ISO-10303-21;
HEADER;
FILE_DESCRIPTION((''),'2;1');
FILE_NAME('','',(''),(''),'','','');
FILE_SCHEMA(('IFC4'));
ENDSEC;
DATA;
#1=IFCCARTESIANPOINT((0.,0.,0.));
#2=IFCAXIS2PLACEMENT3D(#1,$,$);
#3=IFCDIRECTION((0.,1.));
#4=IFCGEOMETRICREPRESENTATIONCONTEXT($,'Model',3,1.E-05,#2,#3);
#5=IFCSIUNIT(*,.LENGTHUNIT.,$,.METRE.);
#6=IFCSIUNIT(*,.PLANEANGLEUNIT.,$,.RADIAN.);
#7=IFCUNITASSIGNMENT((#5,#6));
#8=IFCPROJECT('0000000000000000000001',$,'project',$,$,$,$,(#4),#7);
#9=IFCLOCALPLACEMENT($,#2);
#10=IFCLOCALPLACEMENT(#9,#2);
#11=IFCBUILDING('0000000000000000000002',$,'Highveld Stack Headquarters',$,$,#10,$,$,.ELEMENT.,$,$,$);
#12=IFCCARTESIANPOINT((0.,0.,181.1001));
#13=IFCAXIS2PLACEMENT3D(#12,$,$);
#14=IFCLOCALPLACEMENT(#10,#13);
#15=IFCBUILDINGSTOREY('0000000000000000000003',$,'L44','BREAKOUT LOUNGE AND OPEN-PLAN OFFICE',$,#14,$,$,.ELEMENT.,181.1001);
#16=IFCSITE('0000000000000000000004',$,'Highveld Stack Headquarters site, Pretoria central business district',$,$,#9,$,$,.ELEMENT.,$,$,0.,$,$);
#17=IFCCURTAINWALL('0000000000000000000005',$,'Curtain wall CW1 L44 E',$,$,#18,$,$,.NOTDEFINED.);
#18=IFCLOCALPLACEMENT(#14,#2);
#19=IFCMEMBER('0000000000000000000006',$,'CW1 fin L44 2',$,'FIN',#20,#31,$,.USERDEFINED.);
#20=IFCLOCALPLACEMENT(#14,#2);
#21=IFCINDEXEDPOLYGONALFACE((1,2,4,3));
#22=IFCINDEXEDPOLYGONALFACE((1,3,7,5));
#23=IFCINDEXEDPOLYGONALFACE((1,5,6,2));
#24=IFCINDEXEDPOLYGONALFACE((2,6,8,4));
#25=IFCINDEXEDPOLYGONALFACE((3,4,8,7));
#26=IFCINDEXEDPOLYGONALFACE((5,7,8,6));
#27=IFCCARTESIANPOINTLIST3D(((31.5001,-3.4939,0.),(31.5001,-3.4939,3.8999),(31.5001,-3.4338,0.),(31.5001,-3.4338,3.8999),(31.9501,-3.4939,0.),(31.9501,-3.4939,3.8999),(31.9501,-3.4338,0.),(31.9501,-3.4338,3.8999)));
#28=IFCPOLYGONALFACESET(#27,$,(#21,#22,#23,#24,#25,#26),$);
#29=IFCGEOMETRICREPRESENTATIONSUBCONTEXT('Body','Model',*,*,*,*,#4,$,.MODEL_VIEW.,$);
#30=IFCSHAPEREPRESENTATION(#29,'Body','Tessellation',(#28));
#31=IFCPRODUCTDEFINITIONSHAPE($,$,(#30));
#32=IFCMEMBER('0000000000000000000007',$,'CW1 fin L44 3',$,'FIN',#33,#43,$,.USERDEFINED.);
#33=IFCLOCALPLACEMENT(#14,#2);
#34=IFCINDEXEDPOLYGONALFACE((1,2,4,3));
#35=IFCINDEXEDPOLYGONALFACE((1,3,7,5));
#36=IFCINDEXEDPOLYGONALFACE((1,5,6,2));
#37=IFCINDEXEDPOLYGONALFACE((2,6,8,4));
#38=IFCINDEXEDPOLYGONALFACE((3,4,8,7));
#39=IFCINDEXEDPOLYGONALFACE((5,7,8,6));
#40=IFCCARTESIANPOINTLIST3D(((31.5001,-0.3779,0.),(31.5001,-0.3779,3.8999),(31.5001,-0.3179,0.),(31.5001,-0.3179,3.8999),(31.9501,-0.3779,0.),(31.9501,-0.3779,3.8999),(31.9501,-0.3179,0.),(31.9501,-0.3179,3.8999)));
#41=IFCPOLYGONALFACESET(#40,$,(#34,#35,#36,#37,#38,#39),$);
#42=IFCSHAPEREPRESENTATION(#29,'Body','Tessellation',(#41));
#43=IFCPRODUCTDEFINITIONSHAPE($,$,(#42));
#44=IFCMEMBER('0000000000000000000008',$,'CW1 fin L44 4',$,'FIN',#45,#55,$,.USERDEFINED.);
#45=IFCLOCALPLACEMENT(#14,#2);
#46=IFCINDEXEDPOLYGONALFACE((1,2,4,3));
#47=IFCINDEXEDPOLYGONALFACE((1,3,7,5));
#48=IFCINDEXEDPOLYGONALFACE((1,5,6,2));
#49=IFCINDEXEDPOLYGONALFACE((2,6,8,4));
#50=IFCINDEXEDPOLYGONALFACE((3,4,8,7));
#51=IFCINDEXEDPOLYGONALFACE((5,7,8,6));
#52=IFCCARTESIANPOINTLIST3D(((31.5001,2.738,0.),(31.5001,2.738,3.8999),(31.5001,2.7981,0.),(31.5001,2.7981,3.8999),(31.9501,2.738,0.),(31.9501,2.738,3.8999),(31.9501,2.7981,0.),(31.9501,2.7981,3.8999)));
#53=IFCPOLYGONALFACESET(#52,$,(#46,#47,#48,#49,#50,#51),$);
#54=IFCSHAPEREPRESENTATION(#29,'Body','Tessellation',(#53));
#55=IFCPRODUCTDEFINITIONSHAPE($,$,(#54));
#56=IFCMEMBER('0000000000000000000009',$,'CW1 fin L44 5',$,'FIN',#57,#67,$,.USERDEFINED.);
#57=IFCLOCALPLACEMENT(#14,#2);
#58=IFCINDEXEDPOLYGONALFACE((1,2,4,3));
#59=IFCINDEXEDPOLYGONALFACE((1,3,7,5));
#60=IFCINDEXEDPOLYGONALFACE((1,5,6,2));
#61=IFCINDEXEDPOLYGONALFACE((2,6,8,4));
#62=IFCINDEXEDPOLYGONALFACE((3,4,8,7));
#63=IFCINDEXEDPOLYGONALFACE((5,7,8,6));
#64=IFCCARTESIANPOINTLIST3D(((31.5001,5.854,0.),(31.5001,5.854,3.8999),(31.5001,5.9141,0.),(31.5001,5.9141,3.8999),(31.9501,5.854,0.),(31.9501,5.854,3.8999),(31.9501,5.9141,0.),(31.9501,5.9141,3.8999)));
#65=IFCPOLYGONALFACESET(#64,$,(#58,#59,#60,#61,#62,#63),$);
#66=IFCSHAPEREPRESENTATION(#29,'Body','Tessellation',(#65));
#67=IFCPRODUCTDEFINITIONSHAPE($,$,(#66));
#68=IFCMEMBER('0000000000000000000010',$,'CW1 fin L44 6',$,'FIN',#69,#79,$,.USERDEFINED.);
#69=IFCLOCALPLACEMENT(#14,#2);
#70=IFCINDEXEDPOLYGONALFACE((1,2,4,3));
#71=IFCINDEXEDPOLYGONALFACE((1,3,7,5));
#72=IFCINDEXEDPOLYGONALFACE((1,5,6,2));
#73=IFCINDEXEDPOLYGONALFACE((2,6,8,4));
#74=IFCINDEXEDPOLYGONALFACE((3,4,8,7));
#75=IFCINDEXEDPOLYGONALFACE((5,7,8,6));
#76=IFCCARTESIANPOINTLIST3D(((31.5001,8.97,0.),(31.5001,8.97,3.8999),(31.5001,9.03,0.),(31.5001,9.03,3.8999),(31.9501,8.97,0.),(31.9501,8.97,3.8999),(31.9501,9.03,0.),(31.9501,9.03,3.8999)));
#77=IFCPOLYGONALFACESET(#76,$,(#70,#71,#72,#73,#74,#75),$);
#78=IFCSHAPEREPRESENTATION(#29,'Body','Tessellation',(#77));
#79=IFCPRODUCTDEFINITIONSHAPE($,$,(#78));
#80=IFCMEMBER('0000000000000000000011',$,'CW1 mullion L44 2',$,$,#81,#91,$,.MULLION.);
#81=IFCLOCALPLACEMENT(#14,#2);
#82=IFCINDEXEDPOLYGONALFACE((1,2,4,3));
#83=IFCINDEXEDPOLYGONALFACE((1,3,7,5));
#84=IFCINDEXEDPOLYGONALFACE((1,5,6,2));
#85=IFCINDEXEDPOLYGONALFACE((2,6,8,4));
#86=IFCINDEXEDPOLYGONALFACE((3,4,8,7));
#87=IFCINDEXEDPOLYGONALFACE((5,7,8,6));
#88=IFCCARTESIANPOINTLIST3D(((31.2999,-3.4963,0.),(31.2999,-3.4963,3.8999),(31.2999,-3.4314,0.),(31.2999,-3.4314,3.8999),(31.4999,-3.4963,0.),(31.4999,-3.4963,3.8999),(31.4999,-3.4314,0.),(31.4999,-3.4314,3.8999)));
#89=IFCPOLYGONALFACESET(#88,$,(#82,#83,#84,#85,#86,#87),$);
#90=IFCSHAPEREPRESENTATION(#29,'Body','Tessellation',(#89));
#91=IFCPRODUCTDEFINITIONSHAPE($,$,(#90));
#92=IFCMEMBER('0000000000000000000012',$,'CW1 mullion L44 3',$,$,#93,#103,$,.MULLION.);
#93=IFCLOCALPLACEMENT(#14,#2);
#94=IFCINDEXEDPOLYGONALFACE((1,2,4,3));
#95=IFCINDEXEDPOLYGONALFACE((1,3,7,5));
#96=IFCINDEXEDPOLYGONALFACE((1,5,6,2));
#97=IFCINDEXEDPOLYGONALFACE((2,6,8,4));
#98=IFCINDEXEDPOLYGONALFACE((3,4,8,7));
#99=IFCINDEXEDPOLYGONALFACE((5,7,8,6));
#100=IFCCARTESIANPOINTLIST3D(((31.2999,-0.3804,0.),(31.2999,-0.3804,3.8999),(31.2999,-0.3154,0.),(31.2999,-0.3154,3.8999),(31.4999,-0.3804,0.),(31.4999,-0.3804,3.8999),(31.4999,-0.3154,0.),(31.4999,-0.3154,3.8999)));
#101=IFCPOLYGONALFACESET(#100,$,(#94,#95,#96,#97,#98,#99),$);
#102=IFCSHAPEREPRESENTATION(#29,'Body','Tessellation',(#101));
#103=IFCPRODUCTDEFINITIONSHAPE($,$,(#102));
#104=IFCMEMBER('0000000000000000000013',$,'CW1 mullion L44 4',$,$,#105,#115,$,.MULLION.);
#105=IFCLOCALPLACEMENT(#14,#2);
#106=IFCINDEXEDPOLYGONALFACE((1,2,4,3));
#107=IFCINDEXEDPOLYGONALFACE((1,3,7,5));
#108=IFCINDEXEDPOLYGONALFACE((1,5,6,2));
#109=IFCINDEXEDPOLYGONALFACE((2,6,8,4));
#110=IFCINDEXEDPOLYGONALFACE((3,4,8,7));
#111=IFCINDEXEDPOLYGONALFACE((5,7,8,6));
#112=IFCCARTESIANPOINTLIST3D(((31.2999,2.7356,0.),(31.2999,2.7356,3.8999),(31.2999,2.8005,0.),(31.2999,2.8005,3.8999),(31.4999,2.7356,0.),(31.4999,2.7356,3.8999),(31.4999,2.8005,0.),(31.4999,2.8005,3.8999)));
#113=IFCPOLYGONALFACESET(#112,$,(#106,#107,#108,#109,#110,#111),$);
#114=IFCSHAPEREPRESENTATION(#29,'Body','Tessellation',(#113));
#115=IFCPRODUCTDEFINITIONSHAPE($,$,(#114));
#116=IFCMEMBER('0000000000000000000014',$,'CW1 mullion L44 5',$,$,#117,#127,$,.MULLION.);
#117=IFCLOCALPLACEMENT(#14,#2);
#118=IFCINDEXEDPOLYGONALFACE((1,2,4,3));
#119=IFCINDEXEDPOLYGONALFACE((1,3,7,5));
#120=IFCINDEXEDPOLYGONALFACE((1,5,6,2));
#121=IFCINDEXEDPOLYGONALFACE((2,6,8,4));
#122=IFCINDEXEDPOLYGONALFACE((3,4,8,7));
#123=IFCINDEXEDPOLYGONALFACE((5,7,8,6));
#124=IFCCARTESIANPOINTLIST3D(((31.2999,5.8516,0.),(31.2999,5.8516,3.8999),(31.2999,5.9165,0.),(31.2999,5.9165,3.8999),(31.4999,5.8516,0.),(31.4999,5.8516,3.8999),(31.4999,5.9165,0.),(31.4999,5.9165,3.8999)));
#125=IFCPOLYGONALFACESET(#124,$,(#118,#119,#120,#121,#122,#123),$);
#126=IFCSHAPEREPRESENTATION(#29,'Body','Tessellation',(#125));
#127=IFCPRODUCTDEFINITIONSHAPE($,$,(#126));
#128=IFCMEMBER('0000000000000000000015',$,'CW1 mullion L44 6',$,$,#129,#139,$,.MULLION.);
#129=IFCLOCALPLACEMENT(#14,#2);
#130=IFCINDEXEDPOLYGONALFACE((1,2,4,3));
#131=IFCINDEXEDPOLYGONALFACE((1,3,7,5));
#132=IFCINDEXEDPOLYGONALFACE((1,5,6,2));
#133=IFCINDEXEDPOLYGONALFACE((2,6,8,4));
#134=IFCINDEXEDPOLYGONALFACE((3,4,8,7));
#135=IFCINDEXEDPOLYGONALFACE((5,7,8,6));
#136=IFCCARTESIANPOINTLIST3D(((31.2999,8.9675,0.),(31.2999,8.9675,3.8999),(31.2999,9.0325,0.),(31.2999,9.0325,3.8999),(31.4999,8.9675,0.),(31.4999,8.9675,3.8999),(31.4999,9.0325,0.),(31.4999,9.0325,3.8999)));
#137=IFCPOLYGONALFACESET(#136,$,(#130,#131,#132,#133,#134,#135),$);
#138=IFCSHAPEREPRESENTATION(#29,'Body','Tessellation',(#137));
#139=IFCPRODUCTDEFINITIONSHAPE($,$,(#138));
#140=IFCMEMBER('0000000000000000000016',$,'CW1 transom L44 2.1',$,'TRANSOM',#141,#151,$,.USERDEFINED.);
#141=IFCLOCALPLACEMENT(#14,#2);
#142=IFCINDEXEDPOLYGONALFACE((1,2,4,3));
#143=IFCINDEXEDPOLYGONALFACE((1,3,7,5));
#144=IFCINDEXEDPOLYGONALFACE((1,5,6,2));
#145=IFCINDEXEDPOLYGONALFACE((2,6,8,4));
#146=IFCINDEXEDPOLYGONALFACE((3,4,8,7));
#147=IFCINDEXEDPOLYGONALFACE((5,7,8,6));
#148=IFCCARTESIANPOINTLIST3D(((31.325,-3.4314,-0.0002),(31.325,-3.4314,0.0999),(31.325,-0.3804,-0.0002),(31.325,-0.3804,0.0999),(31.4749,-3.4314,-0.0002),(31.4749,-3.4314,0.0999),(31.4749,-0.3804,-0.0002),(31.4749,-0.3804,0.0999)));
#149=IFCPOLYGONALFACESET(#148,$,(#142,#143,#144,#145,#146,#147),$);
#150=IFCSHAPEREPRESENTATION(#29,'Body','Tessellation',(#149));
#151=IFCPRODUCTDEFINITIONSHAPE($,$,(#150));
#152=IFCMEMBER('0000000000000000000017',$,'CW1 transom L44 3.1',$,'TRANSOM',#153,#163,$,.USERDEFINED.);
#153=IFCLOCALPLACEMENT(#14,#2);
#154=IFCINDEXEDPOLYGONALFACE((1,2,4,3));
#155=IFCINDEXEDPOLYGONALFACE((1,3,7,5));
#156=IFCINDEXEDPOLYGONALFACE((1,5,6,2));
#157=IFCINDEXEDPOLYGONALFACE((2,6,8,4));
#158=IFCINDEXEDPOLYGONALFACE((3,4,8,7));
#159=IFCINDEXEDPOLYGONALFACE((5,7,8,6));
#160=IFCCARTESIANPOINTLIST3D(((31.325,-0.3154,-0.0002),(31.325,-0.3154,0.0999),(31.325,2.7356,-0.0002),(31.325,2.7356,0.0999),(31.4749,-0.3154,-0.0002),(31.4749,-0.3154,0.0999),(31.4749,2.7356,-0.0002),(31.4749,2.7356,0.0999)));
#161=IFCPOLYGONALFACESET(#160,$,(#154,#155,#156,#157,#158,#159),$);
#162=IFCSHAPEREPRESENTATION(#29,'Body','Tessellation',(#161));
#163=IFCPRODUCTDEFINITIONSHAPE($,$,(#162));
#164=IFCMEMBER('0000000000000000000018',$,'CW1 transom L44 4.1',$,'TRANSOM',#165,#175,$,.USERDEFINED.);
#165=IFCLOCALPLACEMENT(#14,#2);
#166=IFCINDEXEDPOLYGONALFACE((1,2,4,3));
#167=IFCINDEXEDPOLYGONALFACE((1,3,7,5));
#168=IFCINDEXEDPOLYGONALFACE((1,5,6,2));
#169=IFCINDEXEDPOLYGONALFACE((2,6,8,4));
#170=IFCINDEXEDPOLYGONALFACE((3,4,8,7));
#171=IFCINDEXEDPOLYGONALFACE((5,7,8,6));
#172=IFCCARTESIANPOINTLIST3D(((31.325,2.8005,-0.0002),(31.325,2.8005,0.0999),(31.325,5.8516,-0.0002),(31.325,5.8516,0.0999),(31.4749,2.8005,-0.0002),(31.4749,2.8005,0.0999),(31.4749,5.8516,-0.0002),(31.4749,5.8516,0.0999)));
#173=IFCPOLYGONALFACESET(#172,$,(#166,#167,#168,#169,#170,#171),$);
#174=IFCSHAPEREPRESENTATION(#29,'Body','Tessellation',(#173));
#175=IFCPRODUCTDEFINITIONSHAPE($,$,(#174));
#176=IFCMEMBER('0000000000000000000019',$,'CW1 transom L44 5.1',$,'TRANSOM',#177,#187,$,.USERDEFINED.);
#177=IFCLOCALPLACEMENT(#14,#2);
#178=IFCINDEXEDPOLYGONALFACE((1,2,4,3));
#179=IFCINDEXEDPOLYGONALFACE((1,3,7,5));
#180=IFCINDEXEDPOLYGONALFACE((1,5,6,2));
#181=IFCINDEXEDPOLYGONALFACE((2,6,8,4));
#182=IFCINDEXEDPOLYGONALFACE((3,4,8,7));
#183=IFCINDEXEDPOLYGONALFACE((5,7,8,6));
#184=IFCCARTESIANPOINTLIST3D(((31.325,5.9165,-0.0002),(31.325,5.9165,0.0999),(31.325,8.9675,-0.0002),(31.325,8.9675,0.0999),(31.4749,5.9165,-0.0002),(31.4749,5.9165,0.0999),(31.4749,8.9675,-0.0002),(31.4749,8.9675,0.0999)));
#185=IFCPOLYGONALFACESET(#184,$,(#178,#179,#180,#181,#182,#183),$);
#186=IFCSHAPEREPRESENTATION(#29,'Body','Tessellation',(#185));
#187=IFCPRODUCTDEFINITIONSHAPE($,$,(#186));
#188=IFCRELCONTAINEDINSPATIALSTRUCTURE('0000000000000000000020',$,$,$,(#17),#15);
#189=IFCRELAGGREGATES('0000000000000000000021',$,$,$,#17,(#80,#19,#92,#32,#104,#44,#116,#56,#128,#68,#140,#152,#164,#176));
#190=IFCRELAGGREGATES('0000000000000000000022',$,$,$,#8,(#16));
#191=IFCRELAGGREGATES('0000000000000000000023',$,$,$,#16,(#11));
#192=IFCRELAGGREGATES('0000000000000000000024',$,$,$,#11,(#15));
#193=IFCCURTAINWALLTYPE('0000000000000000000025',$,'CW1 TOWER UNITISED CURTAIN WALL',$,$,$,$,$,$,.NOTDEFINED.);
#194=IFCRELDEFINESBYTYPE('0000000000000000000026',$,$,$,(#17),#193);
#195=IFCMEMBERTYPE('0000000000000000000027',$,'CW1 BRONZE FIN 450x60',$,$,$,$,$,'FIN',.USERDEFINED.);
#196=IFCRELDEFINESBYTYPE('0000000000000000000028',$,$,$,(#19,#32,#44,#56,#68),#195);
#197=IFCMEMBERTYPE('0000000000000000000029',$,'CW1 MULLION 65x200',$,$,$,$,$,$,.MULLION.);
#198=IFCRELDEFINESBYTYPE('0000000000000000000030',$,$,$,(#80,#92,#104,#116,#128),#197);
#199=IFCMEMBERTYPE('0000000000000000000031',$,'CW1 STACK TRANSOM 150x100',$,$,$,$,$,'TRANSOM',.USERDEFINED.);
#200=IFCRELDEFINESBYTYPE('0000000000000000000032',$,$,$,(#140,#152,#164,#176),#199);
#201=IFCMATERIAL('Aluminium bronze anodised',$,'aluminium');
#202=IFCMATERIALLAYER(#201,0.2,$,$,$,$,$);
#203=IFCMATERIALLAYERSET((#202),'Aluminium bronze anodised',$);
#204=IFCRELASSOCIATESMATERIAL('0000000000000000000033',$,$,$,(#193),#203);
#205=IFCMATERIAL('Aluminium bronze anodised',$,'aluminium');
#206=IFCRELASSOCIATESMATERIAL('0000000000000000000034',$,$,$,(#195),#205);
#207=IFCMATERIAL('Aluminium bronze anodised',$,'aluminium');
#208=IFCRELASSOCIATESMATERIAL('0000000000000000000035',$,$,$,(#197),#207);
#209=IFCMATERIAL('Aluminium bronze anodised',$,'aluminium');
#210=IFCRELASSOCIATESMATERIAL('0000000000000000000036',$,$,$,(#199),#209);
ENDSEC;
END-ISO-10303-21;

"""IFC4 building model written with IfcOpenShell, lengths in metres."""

from ifc_helpers import new_model, si_unit, direction, frame, origin, origin_2d, place, context, subcontext, project, spatial, rectangle, extrude, material, layer, layer_set, material_profile, profile_set, type_object, element, aggregate, save


model = new_model("IFC4")

# Units and contexts
model_context = context("Model", 3, precision=1e-05, world=origin(), true_north=direction((0.0, 1.0)))
body_context = subcontext(model_context, "Body", "Model", "MODEL_VIEW")
ifc_project = project(units=[si_unit("LENGTHUNIT", "METRE"), si_unit("PLANEANGLEUNIT", "RADIAN")], contexts=[model_context])

# Site, building, storey
site_placement = place(None, origin())
site = spatial("IfcSite", under=ifc_project, at=site_placement, Name="Highveld Stack Headquarters site, Pretoria central business district", CompositionType="ELEMENT", RefElevation=0.0)
building_placement = place(site_placement, origin())
building = spatial("IfcBuilding", under=site, at=building_placement, Name="Highveld Stack Headquarters", CompositionType="ELEMENT")
storey_placement = place(building_placement, frame((0.0, 0.0, 181.1001)))
storey = spatial("IfcBuildingStorey", under=building, at=storey_placement, Name="L44", Description="BREAKOUT LOUNGE AND OPEN-PLAN OFFICE", CompositionType="ELEMENT", Elevation=181.1001)

# Curtain wall, members
ifc_material_1 = material(Name="Aluminium bronze anodised", Category="aluminium")
ifc_layer_1 = layer(ifc_material_1, 0.2)
ifc_layer_set_1 = layer_set([ifc_layer_1], Name="Aluminium bronze anodised")
curtain_wall_type = type_object("IfcCurtainWallType", Name="CW1 TOWER UNITISED CURTAIN WALL", PredefinedType="NOTDEFINED", material=ifc_layer_set_1)
curtain_wall_placement = place(storey_placement, origin())
curtain_wall = element("IfcCurtainWall", 1, at=curtain_wall_placement, inside=storey, type_object=curtain_wall_type, Name="Curtain wall CW1 L44 E", PredefinedType="NOTDEFINED")
ifc_material_2 = material(Name="Aluminium bronze anodised", Category="aluminium")
ifc_material_profile_1 = material_profile(ifc_material_2, rectangle(XDim=0.45, YDim=0.0601, at=origin_2d()), Name="FIN 450x60")
ifc_profile_set_1 = profile_set([ifc_material_profile_1], Name="Aluminium bronze anodised")
member_type_1 = type_object("IfcMemberType", Name="CW1 BRONZE FIN 450x60", ElementType="FIN", PredefinedType="USERDEFINED", material=ifc_profile_set_1)
member_1_placement = place(storey_placement, frame((31.7251, -3.4639, 0.0), z_axis=(0.0, 0.0, 1.0), x_axis=(-1.0, 0.0, 0.0)))
member_1 = element("IfcMember", 2, at=member_1_placement, type_object=member_type_1, Name="CW1 fin L44 2", ObjectType="FIN", PredefinedType="USERDEFINED", context=body_context, shape_type="SweptSolid", body=[
    extrude(rectangle(XDim=0.45, YDim=0.0601, at=origin_2d()), origin(), (0.0, 0.0, 1.0), 3.8999),
])
member_2_placement = place(storey_placement, frame((31.7251, -0.3479, 0.0), z_axis=(0.0, 0.0, 1.0), x_axis=(-1.0, 0.0, 0.0)))
member_2 = element("IfcMember", 3, at=member_2_placement, type_object=member_type_1, Name="CW1 fin L44 3", ObjectType="FIN", PredefinedType="USERDEFINED", context=body_context, shape_type="SweptSolid", body=[
    extrude(rectangle(XDim=0.45, YDim=0.0601, at=origin_2d()), origin(), (0.0, 0.0, 1.0), 3.8999),
])
member_3_placement = place(storey_placement, frame((31.7251, 2.7681, 0.0), z_axis=(0.0, 0.0, 1.0), x_axis=(-1.0, 0.0, 0.0)))
member_3 = element("IfcMember", 4, at=member_3_placement, type_object=member_type_1, Name="CW1 fin L44 4", ObjectType="FIN", PredefinedType="USERDEFINED", context=body_context, shape_type="SweptSolid", body=[
    extrude(rectangle(XDim=0.45, YDim=0.0601, at=origin_2d()), origin(), (0.0, 0.0, 1.0), 3.8999),
])
member_4_placement = place(storey_placement, frame((31.7251, 5.884, 0.0), z_axis=(0.0, 0.0, 1.0), x_axis=(-1.0, 0.0, 0.0)))
member_4 = element("IfcMember", 5, at=member_4_placement, type_object=member_type_1, Name="CW1 fin L44 5", ObjectType="FIN", PredefinedType="USERDEFINED", context=body_context, shape_type="SweptSolid", body=[
    extrude(rectangle(XDim=0.45, YDim=0.0601, at=origin_2d()), origin(), (0.0, 0.0, 1.0), 3.8999),
])
member_5_placement = place(storey_placement, frame((31.7251, 9.0, 0.0), z_axis=(0.0, 0.0, 1.0), x_axis=(-1.0, 0.0, 0.0)))
member_5 = element("IfcMember", 6, at=member_5_placement, type_object=member_type_1, Name="CW1 fin L44 6", ObjectType="FIN", PredefinedType="USERDEFINED", context=body_context, shape_type="SweptSolid", body=[
    extrude(rectangle(XDim=0.45, YDim=0.0601, at=origin_2d()), origin(), (0.0, 0.0, 1.0), 3.8999),
])
ifc_material_3 = material(Name="Aluminium bronze anodised", Category="aluminium")
ifc_material_profile_2 = material_profile(ifc_material_3, rectangle(XDim=0.2, YDim=0.0649, at=origin_2d()), Name="CW1 MULLION 65x200")
ifc_profile_set_2 = profile_set([ifc_material_profile_2], Name="Aluminium bronze anodised")
member_type_2 = type_object("IfcMemberType", Name="CW1 MULLION 65x200", PredefinedType="MULLION", material=ifc_profile_set_2)
member_6_placement = place(storey_placement, frame((31.3999, -3.4639, 0.0), z_axis=(0.0, 0.0, 1.0), x_axis=(-1.0, 0.0, 0.0)))
member_6 = element("IfcMember", 7, at=member_6_placement, type_object=member_type_2, Name="CW1 mullion L44 2", PredefinedType="MULLION", context=body_context, shape_type="SweptSolid", body=[
    extrude(rectangle(XDim=0.2, YDim=0.0649, at=origin_2d()), origin(), (0.0, 0.0, 1.0), 3.8999),
])
member_7_placement = place(storey_placement, frame((31.3999, -0.3479, 0.0), z_axis=(0.0, 0.0, 1.0), x_axis=(-1.0, 0.0, 0.0)))
member_7 = element("IfcMember", 8, at=member_7_placement, type_object=member_type_2, Name="CW1 mullion L44 3", PredefinedType="MULLION", context=body_context, shape_type="SweptSolid", body=[
    extrude(rectangle(XDim=0.2, YDim=0.0649, at=origin_2d()), origin(), (0.0, 0.0, 1.0), 3.8999),
])
member_8_placement = place(storey_placement, frame((31.3999, 2.7681, 0.0), z_axis=(0.0, 0.0, 1.0), x_axis=(-1.0, 0.0, 0.0)))
member_8 = element("IfcMember", 9, at=member_8_placement, type_object=member_type_2, Name="CW1 mullion L44 4", PredefinedType="MULLION", context=body_context, shape_type="SweptSolid", body=[
    extrude(rectangle(XDim=0.2, YDim=0.0649, at=origin_2d()), origin(), (0.0, 0.0, 1.0), 3.8999),
])
member_9_placement = place(storey_placement, frame((31.3999, 5.884, 0.0), z_axis=(0.0, 0.0, 1.0), x_axis=(-1.0, 0.0, 0.0)))
member_9 = element("IfcMember", 10, at=member_9_placement, type_object=member_type_2, Name="CW1 mullion L44 5", PredefinedType="MULLION", context=body_context, shape_type="SweptSolid", body=[
    extrude(rectangle(XDim=0.2, YDim=0.0649, at=origin_2d()), origin(), (0.0, 0.0, 1.0), 3.8999),
])
member_10_placement = place(storey_placement, frame((31.3999, 9.0, 0.0), z_axis=(0.0, 0.0, 1.0), x_axis=(-1.0, 0.0, 0.0)))
member_10 = element("IfcMember", 11, at=member_10_placement, type_object=member_type_2, Name="CW1 mullion L44 6", PredefinedType="MULLION", context=body_context, shape_type="SweptSolid", body=[
    extrude(rectangle(XDim=0.2, YDim=0.0649, at=origin_2d()), origin(), (0.0, 0.0, 1.0), 3.8999),
])
ifc_material_4 = material(Name="Aluminium bronze anodised", Category="aluminium")
ifc_material_profile_3 = material_profile(ifc_material_4, rectangle(XDim=0.1499, YDim=0.1001, at=origin_2d()), Name="CW1 TRANSOM 150x100")
ifc_profile_set_3 = profile_set([ifc_material_profile_3], Name="Aluminium bronze anodised")
member_type_3 = type_object("IfcMemberType", Name="CW1 STACK TRANSOM 150x100", ElementType="TRANSOM", PredefinedType="USERDEFINED", material=ifc_profile_set_3)
member_11_placement = place(storey_placement, frame((31.3999, -3.4314, 0.0498), z_axis=(0.0, 1.0, 0.0), x_axis=(-1.0, 0.0, 0.0)))
member_11 = element("IfcMember", 12, at=member_11_placement, type_object=member_type_3, Name="CW1 transom L44 2.1", ObjectType="TRANSOM", PredefinedType="USERDEFINED", context=body_context, shape_type="SweptSolid", body=[
    extrude(rectangle(XDim=0.1499, YDim=0.1001, at=origin_2d()), origin(), (0.0, 0.0, 1.0), 3.051),
])
member_12_placement = place(storey_placement, frame((31.3999, -0.3154, 0.0498), z_axis=(0.0, 1.0, 0.0), x_axis=(-1.0, 0.0, 0.0)))
member_12 = element("IfcMember", 13, at=member_12_placement, type_object=member_type_3, Name="CW1 transom L44 3.1", ObjectType="TRANSOM", PredefinedType="USERDEFINED", context=body_context, shape_type="SweptSolid", body=[
    extrude(rectangle(XDim=0.1499, YDim=0.1001, at=origin_2d()), origin(), (0.0, 0.0, 1.0), 3.051),
])
member_13_placement = place(storey_placement, frame((31.3999, 2.8005, 0.0498), z_axis=(0.0, 1.0, 0.0), x_axis=(-1.0, 0.0, 0.0)))
member_13 = element("IfcMember", 14, at=member_13_placement, type_object=member_type_3, Name="CW1 transom L44 4.1", ObjectType="TRANSOM", PredefinedType="USERDEFINED", context=body_context, shape_type="SweptSolid", body=[
    extrude(rectangle(XDim=0.1499, YDim=0.1001, at=origin_2d()), origin(), (0.0, 0.0, 1.0), 3.051),
])
member_14_placement = place(storey_placement, frame((31.3999, 5.9165, 0.0498), z_axis=(0.0, 1.0, 0.0), x_axis=(-1.0, 0.0, 0.0)))
member_14 = element("IfcMember", 15, at=member_14_placement, type_object=member_type_3, Name="CW1 transom L44 5.1", ObjectType="TRANSOM", PredefinedType="USERDEFINED", context=body_context, shape_type="SweptSolid", body=[
    extrude(rectangle(XDim=0.1499, YDim=0.1001, at=origin_2d()), origin(), (0.0, 0.0, 1.0), 3.051),
])

aggregate(curtain_wall, [member_6, member_1, member_7, member_2, member_8, member_3, member_9, member_4, member_10, member_5, member_11, member_12, member_13, member_14])

save(model, "model.ifc")
